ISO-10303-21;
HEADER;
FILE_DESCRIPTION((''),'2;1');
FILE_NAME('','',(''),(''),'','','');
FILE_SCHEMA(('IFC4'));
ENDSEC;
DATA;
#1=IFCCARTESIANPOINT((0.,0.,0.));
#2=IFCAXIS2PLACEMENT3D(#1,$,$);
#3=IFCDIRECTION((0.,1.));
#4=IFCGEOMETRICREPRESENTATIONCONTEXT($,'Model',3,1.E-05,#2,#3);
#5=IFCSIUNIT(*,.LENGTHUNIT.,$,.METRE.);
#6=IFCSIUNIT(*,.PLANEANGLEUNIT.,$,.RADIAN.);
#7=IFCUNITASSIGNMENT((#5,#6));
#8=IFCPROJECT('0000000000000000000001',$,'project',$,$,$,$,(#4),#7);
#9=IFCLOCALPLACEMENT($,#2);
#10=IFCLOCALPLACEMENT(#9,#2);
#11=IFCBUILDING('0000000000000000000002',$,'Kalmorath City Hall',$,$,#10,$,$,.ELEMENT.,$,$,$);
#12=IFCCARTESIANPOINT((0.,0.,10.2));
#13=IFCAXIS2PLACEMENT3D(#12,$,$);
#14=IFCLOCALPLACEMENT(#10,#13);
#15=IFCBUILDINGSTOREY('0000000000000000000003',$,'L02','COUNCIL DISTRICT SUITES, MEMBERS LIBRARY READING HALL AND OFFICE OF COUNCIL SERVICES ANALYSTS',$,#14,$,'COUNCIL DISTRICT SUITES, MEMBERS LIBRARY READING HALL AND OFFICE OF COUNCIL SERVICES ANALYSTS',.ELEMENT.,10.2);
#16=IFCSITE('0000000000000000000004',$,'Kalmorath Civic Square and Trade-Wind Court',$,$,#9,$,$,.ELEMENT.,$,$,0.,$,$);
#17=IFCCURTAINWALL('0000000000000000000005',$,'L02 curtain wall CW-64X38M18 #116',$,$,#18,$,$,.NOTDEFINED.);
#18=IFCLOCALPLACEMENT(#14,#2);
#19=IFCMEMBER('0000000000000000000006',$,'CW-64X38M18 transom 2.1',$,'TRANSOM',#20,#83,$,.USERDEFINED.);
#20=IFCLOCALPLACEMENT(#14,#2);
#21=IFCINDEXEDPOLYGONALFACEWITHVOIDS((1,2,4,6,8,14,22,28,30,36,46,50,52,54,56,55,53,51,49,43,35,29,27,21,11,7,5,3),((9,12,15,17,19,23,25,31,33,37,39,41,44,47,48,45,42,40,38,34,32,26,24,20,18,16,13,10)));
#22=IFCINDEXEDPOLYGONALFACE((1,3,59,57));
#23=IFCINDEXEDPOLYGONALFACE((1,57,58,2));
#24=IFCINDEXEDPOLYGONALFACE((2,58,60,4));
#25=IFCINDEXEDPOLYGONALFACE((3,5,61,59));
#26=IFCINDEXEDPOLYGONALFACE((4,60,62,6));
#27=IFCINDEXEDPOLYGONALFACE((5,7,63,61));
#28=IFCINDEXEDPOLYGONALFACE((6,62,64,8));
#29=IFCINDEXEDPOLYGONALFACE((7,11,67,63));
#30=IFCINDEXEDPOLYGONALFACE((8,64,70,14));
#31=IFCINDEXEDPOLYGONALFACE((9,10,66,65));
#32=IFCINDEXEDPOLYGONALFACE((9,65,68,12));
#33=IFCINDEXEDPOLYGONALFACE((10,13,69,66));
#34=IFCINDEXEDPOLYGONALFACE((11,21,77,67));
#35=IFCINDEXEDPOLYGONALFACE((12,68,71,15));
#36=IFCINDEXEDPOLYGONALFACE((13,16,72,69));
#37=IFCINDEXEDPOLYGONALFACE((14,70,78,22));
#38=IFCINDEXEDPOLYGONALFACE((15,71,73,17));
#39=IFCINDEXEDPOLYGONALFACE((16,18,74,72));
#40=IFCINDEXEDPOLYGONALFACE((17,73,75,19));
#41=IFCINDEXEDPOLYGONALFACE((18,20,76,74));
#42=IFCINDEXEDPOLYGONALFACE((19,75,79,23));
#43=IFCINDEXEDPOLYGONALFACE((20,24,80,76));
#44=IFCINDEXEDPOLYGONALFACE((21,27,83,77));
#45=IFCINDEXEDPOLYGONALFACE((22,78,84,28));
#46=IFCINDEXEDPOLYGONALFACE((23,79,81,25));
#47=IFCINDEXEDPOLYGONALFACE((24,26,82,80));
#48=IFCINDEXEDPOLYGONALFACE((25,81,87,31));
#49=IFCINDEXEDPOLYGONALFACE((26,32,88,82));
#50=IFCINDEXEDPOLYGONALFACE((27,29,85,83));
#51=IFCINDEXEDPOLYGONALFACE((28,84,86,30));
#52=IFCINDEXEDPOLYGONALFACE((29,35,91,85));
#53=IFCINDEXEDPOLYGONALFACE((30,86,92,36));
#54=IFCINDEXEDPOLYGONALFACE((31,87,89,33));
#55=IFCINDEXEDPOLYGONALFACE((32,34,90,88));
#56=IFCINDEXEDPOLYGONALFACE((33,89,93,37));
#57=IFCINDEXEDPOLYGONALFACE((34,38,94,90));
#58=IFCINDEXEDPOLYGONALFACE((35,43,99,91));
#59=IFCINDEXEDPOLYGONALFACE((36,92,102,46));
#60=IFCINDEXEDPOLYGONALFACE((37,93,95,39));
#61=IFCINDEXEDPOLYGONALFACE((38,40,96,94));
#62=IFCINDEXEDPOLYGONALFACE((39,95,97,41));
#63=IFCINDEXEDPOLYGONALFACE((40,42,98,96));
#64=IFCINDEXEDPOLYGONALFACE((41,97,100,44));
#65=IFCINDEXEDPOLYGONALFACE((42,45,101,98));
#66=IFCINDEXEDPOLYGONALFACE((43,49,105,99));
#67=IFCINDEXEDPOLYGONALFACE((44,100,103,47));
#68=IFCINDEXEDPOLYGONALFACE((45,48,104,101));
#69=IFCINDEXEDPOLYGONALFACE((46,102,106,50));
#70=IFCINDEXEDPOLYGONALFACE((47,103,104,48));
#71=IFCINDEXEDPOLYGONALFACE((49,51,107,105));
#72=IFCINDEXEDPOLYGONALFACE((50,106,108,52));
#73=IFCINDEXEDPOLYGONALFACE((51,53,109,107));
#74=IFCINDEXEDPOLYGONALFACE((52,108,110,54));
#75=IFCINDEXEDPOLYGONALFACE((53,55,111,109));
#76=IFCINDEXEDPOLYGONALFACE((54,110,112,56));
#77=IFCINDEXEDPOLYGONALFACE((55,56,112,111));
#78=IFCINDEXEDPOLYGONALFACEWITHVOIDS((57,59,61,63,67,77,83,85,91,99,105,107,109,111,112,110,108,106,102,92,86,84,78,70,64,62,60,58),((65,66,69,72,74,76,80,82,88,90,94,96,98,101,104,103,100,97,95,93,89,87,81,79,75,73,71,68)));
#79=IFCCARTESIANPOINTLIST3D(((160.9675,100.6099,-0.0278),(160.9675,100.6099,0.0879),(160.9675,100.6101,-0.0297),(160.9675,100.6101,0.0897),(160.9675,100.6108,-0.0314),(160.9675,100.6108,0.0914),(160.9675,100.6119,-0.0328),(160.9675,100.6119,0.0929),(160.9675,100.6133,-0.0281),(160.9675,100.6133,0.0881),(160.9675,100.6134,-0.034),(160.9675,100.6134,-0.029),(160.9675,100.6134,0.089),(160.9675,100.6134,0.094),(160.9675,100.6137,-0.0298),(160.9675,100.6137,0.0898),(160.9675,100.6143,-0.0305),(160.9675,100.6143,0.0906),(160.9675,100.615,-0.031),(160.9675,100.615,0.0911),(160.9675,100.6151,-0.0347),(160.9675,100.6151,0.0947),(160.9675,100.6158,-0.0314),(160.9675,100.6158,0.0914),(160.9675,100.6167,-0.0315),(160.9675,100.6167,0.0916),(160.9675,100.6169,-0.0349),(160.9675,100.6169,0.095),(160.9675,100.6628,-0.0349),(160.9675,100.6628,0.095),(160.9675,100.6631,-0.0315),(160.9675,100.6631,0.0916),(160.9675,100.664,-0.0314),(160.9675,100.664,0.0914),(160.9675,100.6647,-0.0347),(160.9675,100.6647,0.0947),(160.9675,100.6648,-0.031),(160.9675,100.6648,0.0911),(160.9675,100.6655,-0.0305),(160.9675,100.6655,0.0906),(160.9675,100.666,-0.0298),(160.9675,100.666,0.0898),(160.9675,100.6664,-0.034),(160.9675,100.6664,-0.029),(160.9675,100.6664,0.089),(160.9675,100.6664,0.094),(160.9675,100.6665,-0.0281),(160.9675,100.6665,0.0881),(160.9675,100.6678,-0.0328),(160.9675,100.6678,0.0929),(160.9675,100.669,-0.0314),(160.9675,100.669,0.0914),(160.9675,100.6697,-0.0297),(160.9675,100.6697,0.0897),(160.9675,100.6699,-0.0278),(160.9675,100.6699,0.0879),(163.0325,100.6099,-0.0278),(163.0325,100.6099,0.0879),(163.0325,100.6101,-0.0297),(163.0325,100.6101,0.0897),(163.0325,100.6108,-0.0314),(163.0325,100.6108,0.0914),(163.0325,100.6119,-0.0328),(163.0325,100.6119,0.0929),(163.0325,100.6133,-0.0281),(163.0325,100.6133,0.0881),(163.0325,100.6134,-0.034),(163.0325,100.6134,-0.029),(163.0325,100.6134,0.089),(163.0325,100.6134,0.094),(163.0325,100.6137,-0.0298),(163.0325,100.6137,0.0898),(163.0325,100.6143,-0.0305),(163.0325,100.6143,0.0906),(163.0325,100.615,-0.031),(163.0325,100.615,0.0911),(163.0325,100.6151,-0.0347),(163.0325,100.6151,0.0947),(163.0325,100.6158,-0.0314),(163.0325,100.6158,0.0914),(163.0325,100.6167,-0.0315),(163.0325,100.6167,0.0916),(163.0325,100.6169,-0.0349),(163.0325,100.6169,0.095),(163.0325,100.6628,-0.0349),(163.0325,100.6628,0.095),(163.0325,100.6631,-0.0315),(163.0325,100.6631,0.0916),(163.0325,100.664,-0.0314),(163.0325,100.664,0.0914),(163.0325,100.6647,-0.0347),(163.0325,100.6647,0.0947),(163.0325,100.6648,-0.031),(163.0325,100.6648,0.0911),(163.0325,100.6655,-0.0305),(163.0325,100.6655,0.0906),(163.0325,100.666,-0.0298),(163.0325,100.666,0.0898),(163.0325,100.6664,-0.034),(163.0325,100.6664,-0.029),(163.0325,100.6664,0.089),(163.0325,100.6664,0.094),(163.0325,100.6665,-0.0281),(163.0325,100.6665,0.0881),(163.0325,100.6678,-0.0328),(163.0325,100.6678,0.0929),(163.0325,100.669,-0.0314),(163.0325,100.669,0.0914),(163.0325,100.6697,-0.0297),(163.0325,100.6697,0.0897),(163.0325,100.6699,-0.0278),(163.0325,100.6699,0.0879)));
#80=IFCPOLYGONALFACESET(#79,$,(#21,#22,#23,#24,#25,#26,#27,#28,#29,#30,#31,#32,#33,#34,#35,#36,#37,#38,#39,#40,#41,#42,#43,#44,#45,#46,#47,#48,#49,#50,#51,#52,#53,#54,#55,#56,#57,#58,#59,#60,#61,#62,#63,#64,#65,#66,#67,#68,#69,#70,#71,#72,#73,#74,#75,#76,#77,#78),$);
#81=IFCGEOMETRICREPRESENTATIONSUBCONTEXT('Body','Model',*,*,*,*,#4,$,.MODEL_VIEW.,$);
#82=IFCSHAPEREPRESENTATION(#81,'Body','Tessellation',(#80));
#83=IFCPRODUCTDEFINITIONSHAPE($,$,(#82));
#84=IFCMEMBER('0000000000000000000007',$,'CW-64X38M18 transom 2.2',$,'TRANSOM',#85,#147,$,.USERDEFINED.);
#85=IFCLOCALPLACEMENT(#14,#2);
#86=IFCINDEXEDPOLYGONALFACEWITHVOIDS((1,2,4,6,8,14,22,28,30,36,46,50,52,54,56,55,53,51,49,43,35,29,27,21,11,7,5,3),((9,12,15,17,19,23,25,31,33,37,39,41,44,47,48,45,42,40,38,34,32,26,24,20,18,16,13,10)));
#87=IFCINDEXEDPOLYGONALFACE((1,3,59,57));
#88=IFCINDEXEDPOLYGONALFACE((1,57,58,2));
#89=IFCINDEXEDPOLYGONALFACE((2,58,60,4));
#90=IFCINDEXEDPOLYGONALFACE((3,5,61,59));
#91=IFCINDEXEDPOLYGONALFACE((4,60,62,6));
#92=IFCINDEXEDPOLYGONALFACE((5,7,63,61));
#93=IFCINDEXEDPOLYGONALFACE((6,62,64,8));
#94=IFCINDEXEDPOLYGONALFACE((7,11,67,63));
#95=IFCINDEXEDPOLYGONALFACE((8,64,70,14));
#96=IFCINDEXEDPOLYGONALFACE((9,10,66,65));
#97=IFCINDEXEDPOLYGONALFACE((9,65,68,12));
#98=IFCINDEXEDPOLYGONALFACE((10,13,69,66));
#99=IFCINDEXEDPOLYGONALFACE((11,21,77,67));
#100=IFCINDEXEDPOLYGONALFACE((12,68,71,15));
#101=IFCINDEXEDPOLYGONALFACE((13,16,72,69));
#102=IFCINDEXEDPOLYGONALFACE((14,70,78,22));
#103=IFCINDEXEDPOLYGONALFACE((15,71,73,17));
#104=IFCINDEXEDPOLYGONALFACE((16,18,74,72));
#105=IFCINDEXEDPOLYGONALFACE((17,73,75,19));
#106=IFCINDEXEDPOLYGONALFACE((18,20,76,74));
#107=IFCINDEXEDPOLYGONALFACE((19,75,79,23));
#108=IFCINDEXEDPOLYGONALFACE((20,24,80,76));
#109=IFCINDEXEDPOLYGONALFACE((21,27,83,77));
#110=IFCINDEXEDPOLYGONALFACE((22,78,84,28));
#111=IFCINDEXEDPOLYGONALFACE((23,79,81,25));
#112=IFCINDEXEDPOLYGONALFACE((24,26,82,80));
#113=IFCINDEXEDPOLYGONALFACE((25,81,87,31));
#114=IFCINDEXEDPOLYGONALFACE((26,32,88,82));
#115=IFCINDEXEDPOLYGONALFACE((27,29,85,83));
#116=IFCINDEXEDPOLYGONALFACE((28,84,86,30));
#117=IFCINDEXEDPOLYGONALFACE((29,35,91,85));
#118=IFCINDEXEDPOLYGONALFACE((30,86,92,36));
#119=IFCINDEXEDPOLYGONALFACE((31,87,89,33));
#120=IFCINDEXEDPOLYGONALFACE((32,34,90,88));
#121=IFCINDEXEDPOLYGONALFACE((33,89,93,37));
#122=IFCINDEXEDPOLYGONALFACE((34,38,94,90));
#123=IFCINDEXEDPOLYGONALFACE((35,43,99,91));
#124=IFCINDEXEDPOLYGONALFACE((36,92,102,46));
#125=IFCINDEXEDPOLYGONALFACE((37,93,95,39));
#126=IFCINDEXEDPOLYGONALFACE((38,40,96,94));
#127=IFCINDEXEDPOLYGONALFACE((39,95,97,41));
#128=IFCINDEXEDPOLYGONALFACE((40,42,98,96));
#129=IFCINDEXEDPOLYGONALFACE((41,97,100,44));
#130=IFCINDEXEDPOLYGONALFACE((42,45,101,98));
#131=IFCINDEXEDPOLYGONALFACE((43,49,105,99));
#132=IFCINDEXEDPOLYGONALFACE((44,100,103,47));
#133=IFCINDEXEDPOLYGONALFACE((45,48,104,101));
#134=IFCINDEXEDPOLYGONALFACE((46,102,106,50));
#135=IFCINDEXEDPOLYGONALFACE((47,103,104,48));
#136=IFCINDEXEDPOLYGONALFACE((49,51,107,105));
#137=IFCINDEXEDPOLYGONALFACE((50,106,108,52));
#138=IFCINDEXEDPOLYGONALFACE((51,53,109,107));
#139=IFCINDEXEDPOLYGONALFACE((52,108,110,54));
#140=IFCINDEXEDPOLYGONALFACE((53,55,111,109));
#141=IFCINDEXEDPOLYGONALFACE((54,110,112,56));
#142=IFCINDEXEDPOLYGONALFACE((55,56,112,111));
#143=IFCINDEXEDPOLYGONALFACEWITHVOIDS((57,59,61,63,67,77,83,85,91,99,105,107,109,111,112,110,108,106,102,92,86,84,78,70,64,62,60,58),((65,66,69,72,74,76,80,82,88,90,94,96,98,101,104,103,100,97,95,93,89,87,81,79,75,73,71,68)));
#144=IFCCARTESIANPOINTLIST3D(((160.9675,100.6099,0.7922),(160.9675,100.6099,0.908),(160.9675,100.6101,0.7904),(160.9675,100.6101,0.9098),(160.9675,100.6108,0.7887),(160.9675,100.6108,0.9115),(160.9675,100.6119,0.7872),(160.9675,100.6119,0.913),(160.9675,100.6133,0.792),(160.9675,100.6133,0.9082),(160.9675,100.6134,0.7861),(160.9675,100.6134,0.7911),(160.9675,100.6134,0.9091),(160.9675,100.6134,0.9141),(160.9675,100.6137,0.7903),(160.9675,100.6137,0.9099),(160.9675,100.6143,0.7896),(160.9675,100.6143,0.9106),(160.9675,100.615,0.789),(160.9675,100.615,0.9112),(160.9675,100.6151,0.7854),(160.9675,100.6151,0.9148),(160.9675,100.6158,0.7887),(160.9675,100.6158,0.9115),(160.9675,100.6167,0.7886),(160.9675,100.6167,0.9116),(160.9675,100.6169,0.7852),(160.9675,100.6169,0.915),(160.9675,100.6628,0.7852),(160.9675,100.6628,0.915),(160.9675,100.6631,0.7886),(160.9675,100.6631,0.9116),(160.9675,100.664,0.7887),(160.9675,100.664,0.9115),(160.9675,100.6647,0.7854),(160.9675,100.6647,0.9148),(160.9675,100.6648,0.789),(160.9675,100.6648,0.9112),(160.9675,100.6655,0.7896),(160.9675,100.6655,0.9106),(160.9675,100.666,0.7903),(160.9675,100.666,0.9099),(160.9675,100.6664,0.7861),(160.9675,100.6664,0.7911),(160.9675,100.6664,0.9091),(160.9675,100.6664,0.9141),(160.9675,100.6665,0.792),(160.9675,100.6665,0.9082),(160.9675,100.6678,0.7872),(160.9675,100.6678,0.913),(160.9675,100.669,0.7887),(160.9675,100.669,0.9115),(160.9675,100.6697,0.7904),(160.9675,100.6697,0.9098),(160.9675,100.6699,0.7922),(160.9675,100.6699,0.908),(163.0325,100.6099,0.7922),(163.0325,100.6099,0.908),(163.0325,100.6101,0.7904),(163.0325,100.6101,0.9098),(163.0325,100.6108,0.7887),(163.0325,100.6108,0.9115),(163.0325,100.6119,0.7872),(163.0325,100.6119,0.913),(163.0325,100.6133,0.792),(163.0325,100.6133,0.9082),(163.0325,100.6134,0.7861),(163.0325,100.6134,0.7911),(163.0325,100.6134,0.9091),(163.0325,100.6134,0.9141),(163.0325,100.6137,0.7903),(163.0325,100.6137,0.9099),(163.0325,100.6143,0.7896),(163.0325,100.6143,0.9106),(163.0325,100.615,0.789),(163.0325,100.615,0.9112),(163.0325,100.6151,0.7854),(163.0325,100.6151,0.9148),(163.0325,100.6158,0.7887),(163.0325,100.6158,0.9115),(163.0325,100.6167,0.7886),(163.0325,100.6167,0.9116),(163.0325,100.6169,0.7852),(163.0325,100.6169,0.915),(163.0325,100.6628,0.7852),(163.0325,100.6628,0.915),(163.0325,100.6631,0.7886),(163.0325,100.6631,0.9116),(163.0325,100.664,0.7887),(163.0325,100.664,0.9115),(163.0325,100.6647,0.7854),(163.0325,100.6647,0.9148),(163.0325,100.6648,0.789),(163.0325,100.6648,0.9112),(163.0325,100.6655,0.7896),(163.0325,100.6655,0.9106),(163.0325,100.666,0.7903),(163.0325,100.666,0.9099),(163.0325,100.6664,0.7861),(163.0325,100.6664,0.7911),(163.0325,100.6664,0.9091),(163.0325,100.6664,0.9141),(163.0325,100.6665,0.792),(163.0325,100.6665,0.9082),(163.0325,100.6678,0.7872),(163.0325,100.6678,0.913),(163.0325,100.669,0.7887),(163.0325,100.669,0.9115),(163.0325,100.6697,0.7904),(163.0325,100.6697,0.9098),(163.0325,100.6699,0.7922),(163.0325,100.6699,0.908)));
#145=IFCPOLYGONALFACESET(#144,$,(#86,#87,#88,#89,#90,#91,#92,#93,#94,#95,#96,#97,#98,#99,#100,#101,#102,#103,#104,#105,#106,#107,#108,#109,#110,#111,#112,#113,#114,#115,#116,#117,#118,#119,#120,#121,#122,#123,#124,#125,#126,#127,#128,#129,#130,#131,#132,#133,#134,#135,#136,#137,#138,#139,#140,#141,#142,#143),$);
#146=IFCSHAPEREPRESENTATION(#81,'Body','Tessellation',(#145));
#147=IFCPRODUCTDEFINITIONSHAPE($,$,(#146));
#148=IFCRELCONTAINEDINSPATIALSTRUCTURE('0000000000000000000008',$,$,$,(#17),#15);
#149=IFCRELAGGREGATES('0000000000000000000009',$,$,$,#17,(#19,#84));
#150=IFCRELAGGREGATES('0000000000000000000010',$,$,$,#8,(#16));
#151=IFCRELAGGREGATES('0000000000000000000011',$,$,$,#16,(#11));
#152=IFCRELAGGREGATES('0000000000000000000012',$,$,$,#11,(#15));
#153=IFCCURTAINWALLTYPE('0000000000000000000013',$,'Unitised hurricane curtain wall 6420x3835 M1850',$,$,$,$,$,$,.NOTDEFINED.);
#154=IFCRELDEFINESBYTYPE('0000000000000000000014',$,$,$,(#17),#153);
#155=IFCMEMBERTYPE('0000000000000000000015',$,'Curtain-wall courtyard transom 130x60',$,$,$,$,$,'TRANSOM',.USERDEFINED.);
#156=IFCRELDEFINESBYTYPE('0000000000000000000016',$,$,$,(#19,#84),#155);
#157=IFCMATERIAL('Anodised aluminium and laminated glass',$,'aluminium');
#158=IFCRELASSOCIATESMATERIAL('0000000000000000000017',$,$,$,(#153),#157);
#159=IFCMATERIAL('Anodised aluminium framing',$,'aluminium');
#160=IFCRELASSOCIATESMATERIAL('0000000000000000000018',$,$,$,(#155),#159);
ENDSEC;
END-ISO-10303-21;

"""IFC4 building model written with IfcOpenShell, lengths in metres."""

from ifc_helpers import new_model, si_unit, direction, frame, origin, origin_2d, place, context, subcontext, project, spatial, hollow_rectangle, extrude, material, material_profile, profile_set, type_object, element, aggregate, save


model = new_model("IFC4")

# Units and contexts
model_context = context("Model", 3, precision=1e-05, world=origin(), true_north=direction((0.0, 1.0)))
body_context = subcontext(model_context, "Body", "Model", "MODEL_VIEW")
ifc_project = project(units=[si_unit("LENGTHUNIT", "METRE"), si_unit("PLANEANGLEUNIT", "RADIAN")], contexts=[model_context])

# Site, building, storey
site_placement = place(None, origin())
site = spatial("IfcSite", under=ifc_project, at=site_placement, Name="Kalmorath Civic Square and Trade-Wind Court", CompositionType="ELEMENT", RefElevation=0.0)
building_placement = place(site_placement, origin())
building = spatial("IfcBuilding", under=site, at=building_placement, Name="Kalmorath City Hall", CompositionType="ELEMENT")
storey_placement = place(building_placement, frame((0.0, 0.0, 10.2)))
storey = spatial("IfcBuildingStorey", under=building, at=storey_placement, Name="L02", Description="COUNCIL DISTRICT SUITES, MEMBERS LIBRARY READING HALL AND OFFICE OF COUNCIL SERVICES ANALYSTS", LongName="COUNCIL DISTRICT SUITES, MEMBERS LIBRARY READING HALL AND OFFICE OF COUNCIL SERVICES ANALYSTS", CompositionType="ELEMENT", Elevation=10.2)

# Curtain wall, members
ifc_material_1 = material(Name="Anodised aluminium and laminated glass", Category="aluminium")
curtain_wall_type = type_object("IfcCurtainWallType", Name="Unitised hurricane curtain wall 6420x3835 M1850", PredefinedType="NOTDEFINED", material=ifc_material_1)
curtain_wall_placement = place(storey_placement, origin())
curtain_wall = element("IfcCurtainWall", 1, at=curtain_wall_placement, inside=storey, type_object=curtain_wall_type, Name="L02 curtain wall CW-64X38M18 #116", PredefinedType="NOTDEFINED")
ifc_material_2 = material(Name="Anodised aluminium framing", Category="aluminium")
ifc_material_profile_1 = material_profile(ifc_material_2, hollow_rectangle(XDim=0.0601, YDim=0.1299, WallThickness=0.0034, InnerFilletRadius=0.0034, OuterFilletRadius=0.0071, at=origin_2d()), Name="ALU-TRN-130X60X3.5")
ifc_profile_set_1 = profile_set([ifc_material_profile_1], Name="Anodised aluminium framing")
member_type_1 = type_object("IfcMemberType", Name="Curtain-wall courtyard transom 130x60", ElementType="TRANSOM", PredefinedType="USERDEFINED", material=ifc_profile_set_1)
member_1_placement = place(storey_placement, frame((160.9675, 100.6399, 0.03), z_axis=(1.0, 0.0, 0.0), x_axis=(0.0, 1.0, 0.0)))
member_1 = element("IfcMember", 2, at=member_1_placement, type_object=member_type_1, Name="CW-64X38M18 transom 2.1", ObjectType="TRANSOM", PredefinedType="USERDEFINED", context=body_context, shape_type="SweptSolid", body=[
    extrude(hollow_rectangle(XDim=0.0601, YDim=0.1299, WallThickness=0.0034, InnerFilletRadius=0.0034, OuterFilletRadius=0.0071, at=origin_2d()), origin(), (0.0, 0.0, 1.0), 2.0649),
])
member_2_placement = place(storey_placement, frame((160.9675, 100.6399, 0.8501), z_axis=(1.0, 0.0, 0.0), x_axis=(0.0, 1.0, 0.0)))
member_2 = element("IfcMember", 3, at=member_2_placement, type_object=member_type_1, Name="CW-64X38M18 transom 2.2", ObjectType="TRANSOM", PredefinedType="USERDEFINED", context=body_context, shape_type="SweptSolid", body=[
    extrude(hollow_rectangle(XDim=0.0601, YDim=0.1299, WallThickness=0.0034, InnerFilletRadius=0.0034, OuterFilletRadius=0.0071, at=origin_2d()), origin(), (0.0, 0.0, 1.0), 2.0649),
])

aggregate(curtain_wall, [member_1, member_2])

save(model, "model.ifc")
